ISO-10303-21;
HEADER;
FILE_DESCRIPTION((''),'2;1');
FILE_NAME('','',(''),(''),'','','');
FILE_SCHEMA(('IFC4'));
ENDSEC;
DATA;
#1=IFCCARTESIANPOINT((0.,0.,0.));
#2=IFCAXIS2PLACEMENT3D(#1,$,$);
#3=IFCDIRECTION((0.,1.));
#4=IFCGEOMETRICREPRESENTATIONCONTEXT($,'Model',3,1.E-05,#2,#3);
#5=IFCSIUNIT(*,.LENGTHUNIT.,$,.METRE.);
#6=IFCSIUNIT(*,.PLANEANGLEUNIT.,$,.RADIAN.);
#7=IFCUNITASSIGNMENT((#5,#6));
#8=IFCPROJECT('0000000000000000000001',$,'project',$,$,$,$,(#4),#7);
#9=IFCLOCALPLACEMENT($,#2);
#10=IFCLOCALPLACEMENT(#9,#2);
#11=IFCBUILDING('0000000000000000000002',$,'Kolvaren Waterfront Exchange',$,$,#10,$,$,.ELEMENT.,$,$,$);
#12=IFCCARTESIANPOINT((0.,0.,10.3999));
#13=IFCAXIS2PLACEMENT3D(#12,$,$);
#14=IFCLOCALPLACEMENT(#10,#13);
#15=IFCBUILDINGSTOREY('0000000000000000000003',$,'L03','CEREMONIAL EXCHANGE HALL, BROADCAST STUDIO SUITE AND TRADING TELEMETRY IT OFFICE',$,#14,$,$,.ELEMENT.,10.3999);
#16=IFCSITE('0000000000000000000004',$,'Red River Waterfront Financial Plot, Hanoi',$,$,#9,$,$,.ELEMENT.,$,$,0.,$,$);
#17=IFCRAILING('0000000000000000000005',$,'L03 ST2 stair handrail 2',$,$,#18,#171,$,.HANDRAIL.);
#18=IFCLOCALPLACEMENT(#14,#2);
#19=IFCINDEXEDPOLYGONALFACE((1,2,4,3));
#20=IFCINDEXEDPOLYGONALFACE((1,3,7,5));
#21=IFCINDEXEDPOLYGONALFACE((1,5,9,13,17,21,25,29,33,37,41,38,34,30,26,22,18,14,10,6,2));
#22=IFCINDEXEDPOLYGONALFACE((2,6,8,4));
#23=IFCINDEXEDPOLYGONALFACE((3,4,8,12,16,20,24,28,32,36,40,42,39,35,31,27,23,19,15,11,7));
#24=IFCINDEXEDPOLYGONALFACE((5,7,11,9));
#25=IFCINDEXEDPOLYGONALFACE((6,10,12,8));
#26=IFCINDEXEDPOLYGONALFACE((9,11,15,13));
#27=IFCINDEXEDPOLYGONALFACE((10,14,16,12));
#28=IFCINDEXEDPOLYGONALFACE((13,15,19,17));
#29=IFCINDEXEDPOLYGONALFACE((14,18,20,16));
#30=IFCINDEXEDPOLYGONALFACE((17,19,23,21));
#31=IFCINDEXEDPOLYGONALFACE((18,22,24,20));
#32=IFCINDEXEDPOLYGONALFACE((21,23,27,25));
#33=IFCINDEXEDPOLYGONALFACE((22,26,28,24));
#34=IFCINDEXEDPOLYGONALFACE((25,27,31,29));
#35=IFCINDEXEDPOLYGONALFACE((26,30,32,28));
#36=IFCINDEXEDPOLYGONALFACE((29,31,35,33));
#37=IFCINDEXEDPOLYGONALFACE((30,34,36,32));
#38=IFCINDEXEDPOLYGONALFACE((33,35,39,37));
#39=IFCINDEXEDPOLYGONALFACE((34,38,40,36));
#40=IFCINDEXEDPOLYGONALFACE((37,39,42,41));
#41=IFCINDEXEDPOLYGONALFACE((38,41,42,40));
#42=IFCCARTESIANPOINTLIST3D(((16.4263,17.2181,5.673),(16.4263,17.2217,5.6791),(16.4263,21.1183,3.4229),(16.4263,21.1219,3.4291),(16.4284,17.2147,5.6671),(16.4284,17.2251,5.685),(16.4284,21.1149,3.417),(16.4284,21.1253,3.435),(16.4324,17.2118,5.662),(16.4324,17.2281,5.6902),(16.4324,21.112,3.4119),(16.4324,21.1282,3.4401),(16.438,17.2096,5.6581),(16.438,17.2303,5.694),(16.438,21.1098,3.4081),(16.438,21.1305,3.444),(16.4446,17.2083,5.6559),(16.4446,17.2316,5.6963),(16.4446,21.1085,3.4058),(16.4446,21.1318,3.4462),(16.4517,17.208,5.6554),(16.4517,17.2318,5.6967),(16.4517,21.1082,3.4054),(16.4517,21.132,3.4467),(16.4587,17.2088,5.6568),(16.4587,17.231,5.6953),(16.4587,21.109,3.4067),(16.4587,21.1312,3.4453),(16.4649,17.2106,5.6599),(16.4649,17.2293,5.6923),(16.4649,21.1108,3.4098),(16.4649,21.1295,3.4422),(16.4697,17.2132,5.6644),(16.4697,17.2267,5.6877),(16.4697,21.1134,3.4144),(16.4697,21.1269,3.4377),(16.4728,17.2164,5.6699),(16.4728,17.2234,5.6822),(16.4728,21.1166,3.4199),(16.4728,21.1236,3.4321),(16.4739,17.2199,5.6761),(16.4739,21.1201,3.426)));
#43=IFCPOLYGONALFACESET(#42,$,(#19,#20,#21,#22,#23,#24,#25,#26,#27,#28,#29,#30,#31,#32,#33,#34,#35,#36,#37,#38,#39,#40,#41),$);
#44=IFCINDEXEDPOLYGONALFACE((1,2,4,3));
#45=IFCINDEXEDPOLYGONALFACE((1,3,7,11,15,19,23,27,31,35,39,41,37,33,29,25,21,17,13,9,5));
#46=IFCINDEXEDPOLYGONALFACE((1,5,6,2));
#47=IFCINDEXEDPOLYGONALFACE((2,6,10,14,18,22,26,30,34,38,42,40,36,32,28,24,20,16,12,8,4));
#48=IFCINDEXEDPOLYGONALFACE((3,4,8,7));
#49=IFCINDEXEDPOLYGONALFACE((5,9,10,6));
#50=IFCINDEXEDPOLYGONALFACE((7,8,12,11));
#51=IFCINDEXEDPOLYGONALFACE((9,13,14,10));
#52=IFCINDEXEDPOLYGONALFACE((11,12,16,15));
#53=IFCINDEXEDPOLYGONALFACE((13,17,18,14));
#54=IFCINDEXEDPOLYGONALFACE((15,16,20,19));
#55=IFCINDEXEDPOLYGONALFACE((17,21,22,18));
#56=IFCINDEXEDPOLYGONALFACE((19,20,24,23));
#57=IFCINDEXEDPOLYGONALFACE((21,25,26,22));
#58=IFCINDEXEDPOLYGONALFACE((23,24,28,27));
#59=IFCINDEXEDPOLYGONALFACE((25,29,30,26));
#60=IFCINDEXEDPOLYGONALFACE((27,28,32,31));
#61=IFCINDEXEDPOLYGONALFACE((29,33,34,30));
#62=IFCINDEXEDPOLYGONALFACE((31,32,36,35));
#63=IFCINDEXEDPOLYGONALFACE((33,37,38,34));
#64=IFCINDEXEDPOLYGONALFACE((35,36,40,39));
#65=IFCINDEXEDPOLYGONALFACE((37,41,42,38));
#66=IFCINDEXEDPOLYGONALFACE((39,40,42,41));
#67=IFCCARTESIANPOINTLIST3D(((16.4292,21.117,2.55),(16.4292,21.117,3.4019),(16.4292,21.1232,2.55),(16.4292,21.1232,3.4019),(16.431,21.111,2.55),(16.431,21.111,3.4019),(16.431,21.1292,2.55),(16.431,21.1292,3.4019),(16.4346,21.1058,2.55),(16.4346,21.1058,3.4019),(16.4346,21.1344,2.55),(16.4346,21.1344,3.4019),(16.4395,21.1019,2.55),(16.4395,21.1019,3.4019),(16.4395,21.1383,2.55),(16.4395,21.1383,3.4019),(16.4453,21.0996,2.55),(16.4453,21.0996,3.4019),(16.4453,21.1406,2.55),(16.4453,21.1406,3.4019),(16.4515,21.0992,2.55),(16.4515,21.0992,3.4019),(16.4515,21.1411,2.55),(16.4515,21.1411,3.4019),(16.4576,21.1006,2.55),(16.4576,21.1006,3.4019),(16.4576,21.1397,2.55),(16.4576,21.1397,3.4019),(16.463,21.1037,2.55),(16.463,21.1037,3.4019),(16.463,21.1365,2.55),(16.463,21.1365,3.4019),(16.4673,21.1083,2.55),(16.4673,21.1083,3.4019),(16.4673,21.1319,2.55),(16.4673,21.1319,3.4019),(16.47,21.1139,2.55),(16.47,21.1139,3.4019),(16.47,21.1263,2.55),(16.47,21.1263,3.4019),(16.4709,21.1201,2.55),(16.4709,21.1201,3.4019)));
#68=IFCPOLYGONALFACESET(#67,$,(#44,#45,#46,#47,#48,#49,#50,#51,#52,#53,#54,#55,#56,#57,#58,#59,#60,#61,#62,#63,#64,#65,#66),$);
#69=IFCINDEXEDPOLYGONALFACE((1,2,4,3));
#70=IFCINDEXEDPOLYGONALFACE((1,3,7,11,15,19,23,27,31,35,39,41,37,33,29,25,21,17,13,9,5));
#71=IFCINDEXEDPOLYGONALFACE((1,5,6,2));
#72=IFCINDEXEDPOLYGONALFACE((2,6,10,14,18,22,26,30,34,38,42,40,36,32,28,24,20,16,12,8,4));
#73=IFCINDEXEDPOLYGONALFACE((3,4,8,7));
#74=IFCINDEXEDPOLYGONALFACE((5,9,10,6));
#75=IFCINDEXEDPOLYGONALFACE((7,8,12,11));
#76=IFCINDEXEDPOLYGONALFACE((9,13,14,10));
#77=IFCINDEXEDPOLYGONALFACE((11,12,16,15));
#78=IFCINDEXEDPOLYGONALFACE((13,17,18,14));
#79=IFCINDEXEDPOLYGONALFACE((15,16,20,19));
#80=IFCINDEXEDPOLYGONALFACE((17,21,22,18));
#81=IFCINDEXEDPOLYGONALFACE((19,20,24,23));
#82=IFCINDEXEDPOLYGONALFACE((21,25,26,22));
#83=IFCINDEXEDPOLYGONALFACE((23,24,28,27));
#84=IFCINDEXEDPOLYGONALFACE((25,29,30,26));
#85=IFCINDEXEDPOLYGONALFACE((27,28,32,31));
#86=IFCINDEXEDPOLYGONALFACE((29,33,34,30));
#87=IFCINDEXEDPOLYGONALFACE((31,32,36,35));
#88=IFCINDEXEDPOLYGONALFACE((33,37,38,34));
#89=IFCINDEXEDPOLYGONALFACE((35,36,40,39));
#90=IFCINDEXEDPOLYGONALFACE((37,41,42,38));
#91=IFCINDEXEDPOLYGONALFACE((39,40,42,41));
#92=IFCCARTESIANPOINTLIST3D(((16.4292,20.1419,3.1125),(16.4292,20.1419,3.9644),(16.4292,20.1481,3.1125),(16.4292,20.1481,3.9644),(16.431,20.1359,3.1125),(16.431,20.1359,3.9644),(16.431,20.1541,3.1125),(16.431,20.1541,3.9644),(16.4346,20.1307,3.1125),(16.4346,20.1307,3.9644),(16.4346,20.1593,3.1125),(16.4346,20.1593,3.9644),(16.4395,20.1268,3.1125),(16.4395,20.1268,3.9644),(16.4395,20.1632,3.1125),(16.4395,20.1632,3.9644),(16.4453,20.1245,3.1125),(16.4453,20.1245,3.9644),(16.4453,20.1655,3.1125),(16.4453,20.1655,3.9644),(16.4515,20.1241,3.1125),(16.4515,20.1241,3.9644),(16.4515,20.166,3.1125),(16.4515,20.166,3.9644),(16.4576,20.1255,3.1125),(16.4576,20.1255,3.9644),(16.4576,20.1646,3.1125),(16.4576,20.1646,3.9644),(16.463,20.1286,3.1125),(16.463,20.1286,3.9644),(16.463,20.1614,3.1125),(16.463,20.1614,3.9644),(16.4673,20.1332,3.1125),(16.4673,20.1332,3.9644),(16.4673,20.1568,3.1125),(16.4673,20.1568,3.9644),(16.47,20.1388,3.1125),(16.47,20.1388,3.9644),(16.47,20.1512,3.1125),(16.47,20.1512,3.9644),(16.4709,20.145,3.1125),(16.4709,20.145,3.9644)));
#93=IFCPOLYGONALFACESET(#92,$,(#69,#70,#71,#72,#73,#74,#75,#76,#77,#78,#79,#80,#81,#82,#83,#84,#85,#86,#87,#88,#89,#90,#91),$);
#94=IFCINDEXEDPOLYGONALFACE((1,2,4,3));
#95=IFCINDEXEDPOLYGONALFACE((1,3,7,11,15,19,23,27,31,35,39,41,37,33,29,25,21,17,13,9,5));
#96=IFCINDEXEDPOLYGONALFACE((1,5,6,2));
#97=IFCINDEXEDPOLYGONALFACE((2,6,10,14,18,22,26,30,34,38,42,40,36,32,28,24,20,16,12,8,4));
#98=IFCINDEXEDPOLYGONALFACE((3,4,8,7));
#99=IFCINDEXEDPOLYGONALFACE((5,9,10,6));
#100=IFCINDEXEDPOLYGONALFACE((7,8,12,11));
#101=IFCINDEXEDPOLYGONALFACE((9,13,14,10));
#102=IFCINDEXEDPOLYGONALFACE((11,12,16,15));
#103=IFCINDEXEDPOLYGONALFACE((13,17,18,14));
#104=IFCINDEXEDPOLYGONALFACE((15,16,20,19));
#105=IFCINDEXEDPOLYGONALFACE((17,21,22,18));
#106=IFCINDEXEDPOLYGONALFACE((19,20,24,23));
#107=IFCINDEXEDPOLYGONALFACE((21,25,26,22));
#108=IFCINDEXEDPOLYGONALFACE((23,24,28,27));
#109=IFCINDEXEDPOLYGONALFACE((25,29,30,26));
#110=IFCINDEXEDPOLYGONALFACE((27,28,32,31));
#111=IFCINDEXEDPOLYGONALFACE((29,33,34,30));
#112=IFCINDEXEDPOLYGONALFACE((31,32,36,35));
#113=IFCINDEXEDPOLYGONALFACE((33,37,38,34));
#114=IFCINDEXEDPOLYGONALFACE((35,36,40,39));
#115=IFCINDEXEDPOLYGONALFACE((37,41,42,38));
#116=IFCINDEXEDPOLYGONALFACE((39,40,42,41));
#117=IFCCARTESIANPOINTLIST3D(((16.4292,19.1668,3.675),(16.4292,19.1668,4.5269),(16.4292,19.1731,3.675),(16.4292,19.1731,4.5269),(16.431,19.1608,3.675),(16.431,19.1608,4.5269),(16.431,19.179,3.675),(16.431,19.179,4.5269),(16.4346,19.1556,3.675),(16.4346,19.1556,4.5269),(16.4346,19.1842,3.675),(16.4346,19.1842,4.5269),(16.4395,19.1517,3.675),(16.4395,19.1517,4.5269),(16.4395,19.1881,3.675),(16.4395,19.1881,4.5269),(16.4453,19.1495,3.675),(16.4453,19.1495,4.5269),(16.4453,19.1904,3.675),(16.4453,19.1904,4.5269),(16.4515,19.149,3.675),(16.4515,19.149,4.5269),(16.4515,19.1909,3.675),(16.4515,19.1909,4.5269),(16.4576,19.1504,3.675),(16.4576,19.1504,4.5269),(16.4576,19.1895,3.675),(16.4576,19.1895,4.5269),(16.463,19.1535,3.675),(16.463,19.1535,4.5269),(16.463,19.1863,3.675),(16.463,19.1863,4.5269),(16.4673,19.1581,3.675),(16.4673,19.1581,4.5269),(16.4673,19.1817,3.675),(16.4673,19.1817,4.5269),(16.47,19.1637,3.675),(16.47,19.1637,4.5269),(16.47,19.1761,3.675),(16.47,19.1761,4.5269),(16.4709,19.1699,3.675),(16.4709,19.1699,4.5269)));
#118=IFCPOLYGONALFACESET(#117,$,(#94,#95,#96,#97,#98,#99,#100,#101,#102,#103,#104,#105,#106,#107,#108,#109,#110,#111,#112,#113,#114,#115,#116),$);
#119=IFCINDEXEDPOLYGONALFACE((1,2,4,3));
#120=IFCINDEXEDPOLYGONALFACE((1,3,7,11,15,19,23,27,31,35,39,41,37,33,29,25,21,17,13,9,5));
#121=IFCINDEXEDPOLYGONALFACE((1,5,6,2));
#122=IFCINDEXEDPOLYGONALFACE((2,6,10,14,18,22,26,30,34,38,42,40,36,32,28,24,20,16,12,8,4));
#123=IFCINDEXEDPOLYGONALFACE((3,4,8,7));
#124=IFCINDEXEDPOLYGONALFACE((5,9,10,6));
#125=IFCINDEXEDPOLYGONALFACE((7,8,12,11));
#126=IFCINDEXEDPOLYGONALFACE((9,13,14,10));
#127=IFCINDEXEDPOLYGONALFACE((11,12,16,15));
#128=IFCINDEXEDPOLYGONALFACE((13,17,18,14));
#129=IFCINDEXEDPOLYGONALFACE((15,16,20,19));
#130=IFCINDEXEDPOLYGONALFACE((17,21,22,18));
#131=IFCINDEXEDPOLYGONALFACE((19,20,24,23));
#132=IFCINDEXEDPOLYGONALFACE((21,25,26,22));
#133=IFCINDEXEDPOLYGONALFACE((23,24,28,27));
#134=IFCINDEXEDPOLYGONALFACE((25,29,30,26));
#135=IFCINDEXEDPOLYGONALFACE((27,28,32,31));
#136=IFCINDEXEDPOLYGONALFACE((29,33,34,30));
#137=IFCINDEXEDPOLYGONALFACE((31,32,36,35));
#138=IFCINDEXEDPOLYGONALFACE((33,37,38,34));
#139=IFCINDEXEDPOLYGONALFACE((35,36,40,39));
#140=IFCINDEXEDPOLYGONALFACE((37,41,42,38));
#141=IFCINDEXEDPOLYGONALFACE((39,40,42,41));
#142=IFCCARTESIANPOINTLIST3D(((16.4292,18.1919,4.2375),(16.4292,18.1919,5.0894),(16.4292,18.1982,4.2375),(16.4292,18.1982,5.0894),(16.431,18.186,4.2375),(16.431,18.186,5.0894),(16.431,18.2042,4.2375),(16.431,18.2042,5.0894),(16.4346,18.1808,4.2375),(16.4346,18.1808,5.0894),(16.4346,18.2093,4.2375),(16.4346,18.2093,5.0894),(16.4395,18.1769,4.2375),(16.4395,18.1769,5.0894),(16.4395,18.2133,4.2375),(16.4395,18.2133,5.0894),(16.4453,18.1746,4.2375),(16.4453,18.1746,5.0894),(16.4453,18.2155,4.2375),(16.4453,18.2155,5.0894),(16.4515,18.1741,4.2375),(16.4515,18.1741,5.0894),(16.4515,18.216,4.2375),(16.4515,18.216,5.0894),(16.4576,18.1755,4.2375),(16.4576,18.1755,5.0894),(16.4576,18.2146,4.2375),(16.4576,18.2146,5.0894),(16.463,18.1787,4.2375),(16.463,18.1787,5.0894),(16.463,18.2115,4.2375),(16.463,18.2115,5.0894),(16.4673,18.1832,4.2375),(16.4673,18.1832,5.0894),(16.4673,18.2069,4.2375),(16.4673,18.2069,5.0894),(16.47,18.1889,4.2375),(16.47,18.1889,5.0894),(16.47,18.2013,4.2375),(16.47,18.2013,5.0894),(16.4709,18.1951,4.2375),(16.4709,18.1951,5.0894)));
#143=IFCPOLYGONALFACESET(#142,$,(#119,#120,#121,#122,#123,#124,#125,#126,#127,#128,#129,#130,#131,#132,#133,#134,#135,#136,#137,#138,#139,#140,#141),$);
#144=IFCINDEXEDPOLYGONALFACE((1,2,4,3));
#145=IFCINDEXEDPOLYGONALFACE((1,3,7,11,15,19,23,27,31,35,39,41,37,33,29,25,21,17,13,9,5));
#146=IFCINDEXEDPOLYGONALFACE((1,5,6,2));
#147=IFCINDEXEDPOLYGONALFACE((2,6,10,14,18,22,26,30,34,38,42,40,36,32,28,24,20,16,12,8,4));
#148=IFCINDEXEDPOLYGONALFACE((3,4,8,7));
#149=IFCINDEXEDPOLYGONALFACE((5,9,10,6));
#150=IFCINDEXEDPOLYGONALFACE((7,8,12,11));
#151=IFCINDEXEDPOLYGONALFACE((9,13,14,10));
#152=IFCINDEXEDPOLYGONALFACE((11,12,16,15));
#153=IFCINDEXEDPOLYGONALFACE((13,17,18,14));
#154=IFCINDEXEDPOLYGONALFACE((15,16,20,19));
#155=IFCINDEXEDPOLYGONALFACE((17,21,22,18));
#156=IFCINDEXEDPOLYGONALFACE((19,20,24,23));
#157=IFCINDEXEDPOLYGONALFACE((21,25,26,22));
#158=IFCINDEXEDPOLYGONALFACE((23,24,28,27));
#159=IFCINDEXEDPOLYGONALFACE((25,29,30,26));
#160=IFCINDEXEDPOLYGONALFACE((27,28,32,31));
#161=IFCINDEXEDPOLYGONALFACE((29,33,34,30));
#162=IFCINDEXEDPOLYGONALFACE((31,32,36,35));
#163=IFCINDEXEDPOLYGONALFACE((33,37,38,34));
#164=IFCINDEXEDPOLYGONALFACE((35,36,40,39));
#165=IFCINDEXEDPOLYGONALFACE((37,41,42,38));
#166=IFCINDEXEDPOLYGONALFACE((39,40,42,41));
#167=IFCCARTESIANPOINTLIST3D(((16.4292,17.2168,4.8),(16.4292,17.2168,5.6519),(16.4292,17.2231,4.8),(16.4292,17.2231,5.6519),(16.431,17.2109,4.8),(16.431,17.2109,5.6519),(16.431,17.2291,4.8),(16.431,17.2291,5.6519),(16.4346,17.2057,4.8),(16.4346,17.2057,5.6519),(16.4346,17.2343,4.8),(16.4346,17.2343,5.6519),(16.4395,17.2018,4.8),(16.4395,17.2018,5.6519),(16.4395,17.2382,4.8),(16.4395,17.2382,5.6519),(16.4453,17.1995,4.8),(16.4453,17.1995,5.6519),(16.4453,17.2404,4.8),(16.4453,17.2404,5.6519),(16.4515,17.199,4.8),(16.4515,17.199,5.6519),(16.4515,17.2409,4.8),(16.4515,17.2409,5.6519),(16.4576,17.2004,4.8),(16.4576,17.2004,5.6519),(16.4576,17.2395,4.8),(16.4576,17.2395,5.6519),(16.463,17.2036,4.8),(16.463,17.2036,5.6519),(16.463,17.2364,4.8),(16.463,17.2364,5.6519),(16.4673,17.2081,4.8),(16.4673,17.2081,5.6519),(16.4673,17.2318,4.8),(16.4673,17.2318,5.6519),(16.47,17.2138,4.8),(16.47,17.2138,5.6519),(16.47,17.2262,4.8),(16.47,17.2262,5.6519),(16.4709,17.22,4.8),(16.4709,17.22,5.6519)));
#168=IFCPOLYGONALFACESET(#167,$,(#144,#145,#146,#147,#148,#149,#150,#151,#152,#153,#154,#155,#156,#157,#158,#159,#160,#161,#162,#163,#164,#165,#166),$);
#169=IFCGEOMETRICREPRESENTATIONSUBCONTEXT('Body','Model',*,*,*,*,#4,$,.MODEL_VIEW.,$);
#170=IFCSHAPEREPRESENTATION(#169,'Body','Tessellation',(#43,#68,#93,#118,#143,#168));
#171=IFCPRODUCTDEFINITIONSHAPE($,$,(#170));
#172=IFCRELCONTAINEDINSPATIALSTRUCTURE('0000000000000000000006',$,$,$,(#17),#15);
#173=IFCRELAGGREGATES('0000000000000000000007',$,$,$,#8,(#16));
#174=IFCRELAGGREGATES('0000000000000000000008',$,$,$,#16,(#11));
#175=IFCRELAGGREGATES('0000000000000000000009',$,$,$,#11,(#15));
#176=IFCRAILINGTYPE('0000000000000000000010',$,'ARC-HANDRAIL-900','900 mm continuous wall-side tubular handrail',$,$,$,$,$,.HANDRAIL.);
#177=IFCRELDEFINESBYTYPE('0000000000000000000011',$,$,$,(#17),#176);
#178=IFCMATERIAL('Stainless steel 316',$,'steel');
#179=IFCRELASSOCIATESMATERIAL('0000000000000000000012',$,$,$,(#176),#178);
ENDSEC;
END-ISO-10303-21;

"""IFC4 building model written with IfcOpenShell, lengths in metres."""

from ifc_helpers import new_model, si_unit, direction, frame, origin, origin_2d, place, context, subcontext, project, spatial, circle, extrude, material, type_object, element, save


model = new_model("IFC4")

# Units and contexts
model_context = context("Model", 3, precision=1e-05, world=origin(), true_north=direction((0.0, 1.0)))
body_context = subcontext(model_context, "Body", "Model", "MODEL_VIEW")
ifc_project = project(units=[si_unit("LENGTHUNIT", "METRE"), si_unit("PLANEANGLEUNIT", "RADIAN")], contexts=[model_context])

# Site, building, storey
site_placement = place(None, origin())
site = spatial("IfcSite", under=ifc_project, at=site_placement, Name="Red River Waterfront Financial Plot, Hanoi", CompositionType="ELEMENT", RefElevation=0.0)
building_placement = place(site_placement, origin())
building = spatial("IfcBuilding", under=site, at=building_placement, Name="Kolvaren Waterfront Exchange", CompositionType="ELEMENT")
storey_placement = place(building_placement, frame((0.0, 0.0, 10.3999)))
storey = spatial("IfcBuildingStorey", under=building, at=storey_placement, Name="L03", Description="CEREMONIAL EXCHANGE HALL, BROADCAST STUDIO SUITE AND TRADING TELEMETRY IT OFFICE", CompositionType="ELEMENT", Elevation=10.3999)

# Railing
ifc_material_1 = material(Name="Stainless steel 316", Category="steel")
railing_type_1 = type_object("IfcRailingType", Name="ARC-HANDRAIL-900", Description="900 mm continuous wall-side tubular handrail", PredefinedType="HANDRAIL", material=ifc_material_1)
railing_1_placement = place(storey_placement, frame((16.45, 21.1201, 2.55)))
element("IfcRailing", 1, at=railing_1_placement, inside=storey, type_object=railing_type_1, Name="L03 ST2 stair handrail 2", PredefinedType="HANDRAIL", context=body_context, shape_type="SweptSolid", body=[
    extrude(circle(Radius=0.0239, at=origin_2d()), frame((0.0, 0.0, 0.876), z_axis=(0.0, -0.866194, 0.499708), x_axis=(1.0, 0.0, 0.0)), (0.0, 0.0, 1.0), 4.5027),
    extrude(circle(Radius=0.021, at=origin_2d()), origin(), (0.0, 0.0, 1.0), 0.8518),
    extrude(circle(Radius=0.021, at=origin_2d()), frame((0.0, -0.9751, 0.5625)), (0.0, 0.0, 1.0), 0.8518),
    extrude(circle(Radius=0.021, at=origin_2d()), frame((0.0, -1.9502, 1.125)), (0.0, 0.0, 1.0), 0.8518),
    extrude(circle(Radius=0.021, at=origin_2d()), frame((0.0, -2.925, 1.6875)), (0.0, 0.0, 1.0), 0.8518),
    extrude(circle(Radius=0.021, at=origin_2d()), frame((0.0, -3.9001, 2.25)), (0.0, 0.0, 1.0), 0.8518),
])

save(model, "model.ifc")
